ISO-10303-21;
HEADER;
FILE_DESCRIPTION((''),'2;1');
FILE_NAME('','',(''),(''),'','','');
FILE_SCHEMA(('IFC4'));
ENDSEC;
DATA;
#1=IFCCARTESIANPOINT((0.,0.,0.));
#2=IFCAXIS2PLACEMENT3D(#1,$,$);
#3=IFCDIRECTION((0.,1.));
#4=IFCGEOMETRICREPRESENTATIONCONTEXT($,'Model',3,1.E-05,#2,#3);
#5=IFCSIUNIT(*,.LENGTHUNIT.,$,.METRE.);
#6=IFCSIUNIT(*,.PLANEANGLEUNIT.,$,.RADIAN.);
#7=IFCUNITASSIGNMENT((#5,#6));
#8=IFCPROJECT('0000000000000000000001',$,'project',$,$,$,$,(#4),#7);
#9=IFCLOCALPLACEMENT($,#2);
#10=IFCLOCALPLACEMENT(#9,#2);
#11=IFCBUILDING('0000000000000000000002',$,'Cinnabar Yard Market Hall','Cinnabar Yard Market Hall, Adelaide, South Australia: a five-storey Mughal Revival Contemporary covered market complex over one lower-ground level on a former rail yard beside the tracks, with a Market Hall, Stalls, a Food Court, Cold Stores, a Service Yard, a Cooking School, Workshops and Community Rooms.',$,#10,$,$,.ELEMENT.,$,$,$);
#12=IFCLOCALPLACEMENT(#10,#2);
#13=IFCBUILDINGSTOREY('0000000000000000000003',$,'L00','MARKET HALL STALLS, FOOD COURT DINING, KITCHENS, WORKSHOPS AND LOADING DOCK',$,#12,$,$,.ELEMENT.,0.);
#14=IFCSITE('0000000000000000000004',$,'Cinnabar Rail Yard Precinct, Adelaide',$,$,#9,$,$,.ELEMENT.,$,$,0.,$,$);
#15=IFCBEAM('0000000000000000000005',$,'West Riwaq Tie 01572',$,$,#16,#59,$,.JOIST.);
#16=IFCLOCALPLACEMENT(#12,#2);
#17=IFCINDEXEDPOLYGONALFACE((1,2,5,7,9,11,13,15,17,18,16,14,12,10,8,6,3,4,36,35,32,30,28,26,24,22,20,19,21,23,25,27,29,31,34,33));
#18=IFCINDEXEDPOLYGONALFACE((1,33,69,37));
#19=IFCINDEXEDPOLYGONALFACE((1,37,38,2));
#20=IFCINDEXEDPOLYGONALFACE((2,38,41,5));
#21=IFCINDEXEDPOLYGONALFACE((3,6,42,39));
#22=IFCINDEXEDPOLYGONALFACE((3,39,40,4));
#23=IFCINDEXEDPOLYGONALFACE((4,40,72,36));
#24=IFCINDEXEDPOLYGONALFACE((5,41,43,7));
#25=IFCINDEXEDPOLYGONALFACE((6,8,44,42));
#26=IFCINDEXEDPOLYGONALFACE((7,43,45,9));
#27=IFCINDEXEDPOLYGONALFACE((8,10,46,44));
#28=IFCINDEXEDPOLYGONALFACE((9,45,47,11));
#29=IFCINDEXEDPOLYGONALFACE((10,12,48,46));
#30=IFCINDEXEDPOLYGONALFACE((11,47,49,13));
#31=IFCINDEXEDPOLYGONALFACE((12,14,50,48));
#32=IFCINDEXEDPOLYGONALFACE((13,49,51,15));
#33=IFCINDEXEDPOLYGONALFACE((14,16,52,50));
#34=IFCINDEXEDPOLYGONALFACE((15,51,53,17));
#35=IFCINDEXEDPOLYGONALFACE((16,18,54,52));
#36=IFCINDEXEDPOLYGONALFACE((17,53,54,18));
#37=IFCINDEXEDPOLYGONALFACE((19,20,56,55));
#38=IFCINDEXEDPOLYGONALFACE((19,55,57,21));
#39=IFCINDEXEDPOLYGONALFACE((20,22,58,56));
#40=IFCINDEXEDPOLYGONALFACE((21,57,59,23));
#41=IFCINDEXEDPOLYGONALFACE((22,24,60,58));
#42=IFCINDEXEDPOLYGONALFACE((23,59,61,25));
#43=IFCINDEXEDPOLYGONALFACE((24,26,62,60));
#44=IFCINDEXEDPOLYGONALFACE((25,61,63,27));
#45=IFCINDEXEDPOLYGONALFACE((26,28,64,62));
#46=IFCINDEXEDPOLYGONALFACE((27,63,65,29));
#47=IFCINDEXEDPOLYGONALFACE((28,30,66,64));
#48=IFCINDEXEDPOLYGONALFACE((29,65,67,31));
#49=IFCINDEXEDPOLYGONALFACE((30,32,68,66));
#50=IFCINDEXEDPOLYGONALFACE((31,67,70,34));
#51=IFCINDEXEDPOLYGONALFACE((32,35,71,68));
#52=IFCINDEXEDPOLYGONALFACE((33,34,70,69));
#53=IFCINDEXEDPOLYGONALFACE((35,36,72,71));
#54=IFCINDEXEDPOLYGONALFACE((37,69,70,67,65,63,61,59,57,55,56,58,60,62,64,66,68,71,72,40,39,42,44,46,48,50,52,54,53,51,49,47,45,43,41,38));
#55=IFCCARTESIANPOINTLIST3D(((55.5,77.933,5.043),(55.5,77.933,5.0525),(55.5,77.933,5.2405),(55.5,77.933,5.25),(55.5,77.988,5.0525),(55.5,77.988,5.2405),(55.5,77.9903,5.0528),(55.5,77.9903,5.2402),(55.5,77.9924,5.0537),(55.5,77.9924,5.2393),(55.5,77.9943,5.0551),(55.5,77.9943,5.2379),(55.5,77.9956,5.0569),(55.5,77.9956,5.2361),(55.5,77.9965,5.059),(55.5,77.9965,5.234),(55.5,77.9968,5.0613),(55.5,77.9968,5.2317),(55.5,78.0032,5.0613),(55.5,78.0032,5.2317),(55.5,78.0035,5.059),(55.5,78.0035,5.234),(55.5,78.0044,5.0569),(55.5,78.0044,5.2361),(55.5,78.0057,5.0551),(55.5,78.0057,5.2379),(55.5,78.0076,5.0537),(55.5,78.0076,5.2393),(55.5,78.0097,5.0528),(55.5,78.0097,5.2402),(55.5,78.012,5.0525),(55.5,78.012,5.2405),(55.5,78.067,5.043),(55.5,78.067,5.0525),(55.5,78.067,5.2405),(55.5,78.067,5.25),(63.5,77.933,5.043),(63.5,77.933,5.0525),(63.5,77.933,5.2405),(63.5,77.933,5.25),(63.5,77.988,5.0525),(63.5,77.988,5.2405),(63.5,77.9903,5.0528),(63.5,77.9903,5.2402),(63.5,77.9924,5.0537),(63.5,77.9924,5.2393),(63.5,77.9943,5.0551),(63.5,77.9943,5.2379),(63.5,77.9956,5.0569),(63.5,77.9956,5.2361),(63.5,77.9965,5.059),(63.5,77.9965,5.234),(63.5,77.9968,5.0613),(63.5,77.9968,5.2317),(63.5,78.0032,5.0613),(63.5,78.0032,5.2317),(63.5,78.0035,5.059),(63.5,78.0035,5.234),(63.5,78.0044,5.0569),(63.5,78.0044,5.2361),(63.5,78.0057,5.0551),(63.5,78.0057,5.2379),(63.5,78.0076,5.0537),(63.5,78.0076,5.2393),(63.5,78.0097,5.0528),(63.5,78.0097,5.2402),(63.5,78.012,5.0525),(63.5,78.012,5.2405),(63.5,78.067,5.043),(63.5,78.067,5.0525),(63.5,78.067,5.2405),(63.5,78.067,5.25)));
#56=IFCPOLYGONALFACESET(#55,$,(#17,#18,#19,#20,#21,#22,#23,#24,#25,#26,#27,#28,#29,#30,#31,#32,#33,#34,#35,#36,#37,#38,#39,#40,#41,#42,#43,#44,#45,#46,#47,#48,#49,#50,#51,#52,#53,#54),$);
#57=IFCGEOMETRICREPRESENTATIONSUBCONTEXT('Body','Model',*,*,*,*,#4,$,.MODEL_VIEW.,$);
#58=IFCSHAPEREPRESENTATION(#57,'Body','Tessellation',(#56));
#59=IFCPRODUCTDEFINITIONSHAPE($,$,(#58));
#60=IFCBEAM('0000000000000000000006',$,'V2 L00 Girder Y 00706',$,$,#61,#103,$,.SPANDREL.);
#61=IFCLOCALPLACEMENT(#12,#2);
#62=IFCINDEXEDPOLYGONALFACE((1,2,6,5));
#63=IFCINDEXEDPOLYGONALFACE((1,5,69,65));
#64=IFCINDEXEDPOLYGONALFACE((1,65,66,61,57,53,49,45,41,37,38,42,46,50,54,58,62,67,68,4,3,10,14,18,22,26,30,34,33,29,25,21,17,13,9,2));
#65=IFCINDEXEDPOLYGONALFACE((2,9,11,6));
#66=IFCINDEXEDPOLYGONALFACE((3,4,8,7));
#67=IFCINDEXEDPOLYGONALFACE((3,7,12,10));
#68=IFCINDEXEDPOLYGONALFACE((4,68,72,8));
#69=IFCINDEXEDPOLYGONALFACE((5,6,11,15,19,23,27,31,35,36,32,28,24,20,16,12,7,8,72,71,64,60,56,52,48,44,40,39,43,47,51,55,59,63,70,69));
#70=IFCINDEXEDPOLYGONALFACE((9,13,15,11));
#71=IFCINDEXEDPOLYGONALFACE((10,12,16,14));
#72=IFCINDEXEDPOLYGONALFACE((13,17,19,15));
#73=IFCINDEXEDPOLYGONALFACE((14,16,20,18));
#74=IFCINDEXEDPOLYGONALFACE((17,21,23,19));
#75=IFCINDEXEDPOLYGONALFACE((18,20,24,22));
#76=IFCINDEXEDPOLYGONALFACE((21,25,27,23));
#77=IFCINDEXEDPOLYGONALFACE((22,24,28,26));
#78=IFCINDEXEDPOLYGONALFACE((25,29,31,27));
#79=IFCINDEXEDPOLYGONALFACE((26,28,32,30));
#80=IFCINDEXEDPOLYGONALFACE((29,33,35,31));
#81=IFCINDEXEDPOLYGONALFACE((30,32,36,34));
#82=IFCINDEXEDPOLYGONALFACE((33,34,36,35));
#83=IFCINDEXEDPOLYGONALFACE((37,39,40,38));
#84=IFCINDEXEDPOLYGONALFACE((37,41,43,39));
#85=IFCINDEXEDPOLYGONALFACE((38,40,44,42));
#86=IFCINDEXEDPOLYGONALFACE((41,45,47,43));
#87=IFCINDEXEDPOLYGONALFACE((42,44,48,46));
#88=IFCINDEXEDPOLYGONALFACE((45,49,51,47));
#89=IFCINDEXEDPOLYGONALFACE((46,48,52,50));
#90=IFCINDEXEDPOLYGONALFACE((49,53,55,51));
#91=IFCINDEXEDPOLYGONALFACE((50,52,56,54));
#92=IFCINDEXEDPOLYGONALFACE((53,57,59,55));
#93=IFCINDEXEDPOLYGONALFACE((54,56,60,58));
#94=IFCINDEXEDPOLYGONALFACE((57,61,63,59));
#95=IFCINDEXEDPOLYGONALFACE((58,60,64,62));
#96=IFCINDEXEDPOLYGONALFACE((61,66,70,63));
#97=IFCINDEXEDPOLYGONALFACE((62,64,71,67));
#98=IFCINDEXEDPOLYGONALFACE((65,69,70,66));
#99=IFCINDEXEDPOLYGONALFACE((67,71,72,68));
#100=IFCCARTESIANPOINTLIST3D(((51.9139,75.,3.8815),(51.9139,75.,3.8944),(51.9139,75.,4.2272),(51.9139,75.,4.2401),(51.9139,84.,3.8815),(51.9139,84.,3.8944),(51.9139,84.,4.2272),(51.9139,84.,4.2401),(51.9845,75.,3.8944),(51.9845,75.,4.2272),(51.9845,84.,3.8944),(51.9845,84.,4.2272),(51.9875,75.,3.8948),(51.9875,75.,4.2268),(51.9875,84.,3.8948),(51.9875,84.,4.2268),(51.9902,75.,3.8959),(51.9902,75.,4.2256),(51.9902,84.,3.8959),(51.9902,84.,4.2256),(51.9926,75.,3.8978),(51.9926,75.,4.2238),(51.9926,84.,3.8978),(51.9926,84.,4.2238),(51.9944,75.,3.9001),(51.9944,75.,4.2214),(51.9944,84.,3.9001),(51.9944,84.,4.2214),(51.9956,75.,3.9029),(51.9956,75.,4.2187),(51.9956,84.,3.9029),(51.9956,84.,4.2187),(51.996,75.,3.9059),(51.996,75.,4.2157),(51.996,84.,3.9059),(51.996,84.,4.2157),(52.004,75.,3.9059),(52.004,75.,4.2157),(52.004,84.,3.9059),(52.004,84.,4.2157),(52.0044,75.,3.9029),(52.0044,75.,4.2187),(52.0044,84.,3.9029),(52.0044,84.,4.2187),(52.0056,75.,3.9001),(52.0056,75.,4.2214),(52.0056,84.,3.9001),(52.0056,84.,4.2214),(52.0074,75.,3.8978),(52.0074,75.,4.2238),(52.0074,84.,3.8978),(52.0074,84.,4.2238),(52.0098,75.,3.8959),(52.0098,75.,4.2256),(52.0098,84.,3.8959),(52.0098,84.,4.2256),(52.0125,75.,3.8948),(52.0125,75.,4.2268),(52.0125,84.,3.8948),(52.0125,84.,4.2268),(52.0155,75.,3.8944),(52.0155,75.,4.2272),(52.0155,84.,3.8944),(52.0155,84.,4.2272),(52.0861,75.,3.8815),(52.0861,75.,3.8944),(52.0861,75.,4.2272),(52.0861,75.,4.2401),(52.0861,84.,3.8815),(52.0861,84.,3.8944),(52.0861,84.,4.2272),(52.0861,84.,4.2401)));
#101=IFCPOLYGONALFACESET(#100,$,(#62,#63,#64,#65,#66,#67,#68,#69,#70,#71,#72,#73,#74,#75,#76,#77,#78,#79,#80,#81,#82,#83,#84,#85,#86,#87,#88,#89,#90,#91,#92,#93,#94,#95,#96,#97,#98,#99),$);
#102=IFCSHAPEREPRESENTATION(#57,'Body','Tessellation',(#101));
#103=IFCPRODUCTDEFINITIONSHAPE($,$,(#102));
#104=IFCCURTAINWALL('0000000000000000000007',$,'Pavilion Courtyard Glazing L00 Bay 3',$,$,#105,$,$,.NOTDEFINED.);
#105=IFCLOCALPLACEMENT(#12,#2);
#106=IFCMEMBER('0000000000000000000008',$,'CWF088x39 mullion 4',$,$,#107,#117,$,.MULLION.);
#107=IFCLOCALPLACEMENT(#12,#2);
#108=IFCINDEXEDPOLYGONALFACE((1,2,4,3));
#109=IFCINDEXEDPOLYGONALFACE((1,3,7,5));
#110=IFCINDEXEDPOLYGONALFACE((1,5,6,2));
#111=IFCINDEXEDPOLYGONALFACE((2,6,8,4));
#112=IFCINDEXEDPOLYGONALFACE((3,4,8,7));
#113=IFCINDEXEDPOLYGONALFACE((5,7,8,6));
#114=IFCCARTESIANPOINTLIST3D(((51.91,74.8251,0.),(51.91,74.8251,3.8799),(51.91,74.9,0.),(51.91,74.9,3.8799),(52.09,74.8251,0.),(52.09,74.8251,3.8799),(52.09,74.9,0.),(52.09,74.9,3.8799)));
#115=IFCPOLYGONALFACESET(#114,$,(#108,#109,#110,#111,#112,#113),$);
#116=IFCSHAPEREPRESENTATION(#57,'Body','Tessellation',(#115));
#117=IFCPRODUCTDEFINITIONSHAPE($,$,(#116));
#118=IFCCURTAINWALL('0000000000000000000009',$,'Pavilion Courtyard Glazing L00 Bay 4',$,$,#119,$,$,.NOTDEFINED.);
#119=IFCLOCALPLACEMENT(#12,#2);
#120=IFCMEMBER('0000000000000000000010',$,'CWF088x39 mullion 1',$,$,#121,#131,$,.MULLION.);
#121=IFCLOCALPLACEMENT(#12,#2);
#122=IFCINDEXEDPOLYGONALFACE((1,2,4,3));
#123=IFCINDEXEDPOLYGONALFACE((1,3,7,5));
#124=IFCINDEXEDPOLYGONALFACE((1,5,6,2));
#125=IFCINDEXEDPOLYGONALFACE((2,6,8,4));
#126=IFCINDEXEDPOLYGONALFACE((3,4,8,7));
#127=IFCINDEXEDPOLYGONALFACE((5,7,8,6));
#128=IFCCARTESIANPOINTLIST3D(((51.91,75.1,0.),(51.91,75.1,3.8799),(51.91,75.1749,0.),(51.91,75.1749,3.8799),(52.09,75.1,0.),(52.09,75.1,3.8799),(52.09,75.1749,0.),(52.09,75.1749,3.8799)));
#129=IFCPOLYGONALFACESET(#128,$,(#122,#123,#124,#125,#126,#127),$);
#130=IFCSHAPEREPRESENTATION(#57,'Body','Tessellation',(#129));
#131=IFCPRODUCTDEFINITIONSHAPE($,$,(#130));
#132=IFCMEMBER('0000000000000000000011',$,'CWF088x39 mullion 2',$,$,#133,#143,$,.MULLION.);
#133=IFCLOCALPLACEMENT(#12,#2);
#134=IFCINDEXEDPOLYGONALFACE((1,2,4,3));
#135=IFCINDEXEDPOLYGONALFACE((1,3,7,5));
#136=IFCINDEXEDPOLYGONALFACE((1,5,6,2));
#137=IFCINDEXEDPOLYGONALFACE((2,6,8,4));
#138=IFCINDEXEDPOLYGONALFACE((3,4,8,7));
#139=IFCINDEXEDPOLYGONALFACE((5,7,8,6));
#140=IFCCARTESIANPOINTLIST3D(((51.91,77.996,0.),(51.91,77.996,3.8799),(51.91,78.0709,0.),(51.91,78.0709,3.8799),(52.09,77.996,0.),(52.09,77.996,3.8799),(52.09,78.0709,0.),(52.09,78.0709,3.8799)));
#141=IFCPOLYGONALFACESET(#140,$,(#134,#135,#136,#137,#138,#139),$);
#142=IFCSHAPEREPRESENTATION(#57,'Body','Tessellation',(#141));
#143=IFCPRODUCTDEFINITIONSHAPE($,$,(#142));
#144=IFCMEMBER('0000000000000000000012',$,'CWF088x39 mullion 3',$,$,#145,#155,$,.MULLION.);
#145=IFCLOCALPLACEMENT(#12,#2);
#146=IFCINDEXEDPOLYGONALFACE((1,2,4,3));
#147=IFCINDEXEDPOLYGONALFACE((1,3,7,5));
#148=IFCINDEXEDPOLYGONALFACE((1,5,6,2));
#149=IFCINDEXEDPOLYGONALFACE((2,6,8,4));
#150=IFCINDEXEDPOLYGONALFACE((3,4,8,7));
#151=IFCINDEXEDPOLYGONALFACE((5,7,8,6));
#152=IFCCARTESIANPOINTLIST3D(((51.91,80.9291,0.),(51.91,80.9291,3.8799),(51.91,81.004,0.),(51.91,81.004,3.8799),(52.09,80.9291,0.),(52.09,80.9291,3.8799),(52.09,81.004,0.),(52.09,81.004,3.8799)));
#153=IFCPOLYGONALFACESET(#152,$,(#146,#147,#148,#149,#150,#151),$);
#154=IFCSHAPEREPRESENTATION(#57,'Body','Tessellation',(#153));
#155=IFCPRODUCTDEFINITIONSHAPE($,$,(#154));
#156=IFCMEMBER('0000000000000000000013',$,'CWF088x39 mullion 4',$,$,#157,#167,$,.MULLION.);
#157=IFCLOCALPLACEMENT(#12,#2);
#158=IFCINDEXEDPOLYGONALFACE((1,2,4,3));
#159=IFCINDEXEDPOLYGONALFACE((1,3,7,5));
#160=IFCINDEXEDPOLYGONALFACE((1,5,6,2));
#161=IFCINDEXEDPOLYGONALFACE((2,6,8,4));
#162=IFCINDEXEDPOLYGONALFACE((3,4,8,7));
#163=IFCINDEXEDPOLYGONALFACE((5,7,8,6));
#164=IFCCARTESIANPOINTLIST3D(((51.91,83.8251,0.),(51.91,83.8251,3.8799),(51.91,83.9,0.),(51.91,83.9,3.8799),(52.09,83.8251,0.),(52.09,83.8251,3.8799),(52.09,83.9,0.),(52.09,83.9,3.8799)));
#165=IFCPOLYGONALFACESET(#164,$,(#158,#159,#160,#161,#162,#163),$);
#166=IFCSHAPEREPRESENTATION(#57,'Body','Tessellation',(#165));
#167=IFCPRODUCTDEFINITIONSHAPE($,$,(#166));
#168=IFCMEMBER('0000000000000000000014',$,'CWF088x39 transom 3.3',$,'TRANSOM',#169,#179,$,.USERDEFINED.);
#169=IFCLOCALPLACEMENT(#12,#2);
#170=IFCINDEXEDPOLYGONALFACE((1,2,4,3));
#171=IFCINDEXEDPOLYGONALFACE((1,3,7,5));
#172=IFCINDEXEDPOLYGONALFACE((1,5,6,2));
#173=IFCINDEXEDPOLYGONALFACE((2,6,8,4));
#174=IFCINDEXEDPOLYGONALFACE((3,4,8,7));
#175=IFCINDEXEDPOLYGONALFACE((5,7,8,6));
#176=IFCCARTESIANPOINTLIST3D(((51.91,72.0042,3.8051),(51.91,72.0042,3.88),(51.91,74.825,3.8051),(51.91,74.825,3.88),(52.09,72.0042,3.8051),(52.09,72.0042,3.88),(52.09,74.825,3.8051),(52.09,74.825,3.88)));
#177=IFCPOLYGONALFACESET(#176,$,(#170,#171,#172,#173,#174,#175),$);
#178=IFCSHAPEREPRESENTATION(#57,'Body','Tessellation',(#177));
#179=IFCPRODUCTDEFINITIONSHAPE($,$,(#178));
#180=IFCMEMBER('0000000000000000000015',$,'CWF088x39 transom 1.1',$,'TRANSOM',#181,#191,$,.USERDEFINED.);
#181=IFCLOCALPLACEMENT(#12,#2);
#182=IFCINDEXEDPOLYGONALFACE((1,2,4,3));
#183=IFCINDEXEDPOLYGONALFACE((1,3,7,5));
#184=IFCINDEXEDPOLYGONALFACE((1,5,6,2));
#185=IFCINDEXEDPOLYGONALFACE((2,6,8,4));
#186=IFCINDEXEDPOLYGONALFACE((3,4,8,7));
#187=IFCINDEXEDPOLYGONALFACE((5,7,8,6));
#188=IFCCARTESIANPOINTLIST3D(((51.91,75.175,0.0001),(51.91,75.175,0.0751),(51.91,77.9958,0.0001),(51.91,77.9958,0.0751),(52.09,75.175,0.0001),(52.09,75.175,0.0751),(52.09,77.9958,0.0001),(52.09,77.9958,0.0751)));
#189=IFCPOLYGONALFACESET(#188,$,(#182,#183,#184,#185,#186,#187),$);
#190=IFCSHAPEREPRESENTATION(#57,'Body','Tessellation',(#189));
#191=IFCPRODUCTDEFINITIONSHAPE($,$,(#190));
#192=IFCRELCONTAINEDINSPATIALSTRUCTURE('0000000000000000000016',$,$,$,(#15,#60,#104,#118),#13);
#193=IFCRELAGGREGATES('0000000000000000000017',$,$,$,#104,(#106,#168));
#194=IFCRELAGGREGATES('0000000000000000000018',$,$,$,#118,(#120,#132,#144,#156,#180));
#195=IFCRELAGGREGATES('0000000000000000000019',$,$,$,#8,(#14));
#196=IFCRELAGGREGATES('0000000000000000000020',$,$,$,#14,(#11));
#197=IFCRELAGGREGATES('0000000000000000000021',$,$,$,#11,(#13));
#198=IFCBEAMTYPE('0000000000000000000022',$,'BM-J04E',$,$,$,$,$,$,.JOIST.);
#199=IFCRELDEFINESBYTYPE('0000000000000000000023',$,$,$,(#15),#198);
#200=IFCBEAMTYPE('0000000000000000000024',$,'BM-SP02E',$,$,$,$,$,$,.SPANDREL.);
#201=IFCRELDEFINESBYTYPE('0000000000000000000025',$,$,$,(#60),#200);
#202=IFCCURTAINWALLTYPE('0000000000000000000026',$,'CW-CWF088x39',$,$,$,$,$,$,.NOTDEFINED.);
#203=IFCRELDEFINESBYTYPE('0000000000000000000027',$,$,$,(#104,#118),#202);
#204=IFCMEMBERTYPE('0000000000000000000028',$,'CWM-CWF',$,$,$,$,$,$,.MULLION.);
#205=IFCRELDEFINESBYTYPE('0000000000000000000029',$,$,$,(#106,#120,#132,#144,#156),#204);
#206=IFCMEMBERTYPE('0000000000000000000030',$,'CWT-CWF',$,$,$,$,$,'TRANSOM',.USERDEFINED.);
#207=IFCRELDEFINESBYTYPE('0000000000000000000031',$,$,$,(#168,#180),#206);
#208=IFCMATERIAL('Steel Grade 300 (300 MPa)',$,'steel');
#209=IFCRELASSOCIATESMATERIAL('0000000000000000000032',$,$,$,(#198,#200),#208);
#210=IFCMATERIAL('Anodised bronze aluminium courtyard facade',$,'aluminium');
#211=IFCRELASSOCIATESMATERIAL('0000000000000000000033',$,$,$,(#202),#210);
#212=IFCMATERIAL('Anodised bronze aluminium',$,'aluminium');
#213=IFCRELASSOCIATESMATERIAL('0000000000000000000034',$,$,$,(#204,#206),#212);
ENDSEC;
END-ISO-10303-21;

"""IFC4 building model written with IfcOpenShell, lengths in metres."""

from ifc_helpers import new_model, si_unit, direction, frame, origin, origin_2d_with_axis, place, context, subcontext, project, spatial, rectangle, i_section, extrude, material, material_profile, profile_set, type_object, element, aggregate, save


model = new_model("IFC4")

# Units and contexts
model_context = context("Model", 3, precision=1e-05, world=origin(), true_north=direction((0.0, 1.0)))
body_context = subcontext(model_context, "Body", "Model", "MODEL_VIEW")
ifc_project = project(units=[si_unit("LENGTHUNIT", "METRE"), si_unit("PLANEANGLEUNIT", "RADIAN")], contexts=[model_context])

# Site, building, storey
site_placement = place(None, origin())
site = spatial("IfcSite", under=ifc_project, at=site_placement, Name="Cinnabar Rail Yard Precinct, Adelaide", CompositionType="ELEMENT", RefElevation=0.0)
building_placement = place(site_placement, origin())
building = spatial("IfcBuilding", under=site, at=building_placement, Name="Cinnabar Yard Market Hall", Description="Cinnabar Yard Market Hall, Adelaide, South Australia: a five-storey Mughal Revival Contemporary covered market complex over one lower-ground level on a former rail yard beside the tracks, with a Market Hall, Stalls, a Food Court, Cold Stores, a Service Yard, a Cooking School, Workshops and Community Rooms.", CompositionType="ELEMENT")
storey_placement = place(building_placement, origin())
storey = spatial("IfcBuildingStorey", under=building, at=storey_placement, Name="L00", Description="MARKET HALL STALLS, FOOD COURT DINING, KITCHENS, WORKSHOPS AND LOADING DOCK", CompositionType="ELEMENT", Elevation=0.0)

# Shared definitions
ifc_material_1 = material(Name="Steel Grade 300 (300 MPa)", Category="steel")

# Beams
ifc_material_profile_1 = material_profile(ifc_material_1, i_section(OverallWidth=0.134, OverallDepth=0.207, WebThickness=0.0063, FlangeThickness=0.0095, FilletRadius=0.0088, at=origin_2d_with_axis()), Name="200UB29.8")
ifc_profile_set_1 = profile_set([ifc_material_profile_1], Name="Steel Grade 300 (300 MPa)")
beam_type_1 = type_object("IfcBeamType", Name="BM-J04E", PredefinedType="JOIST", material=ifc_profile_set_1)
beam_1_placement = place(storey_placement, frame((55.5, 78.0, 5.1465), z_axis=(1.0, 0.0, 0.0), x_axis=(0.0, 1.0, 0.0)))
element("IfcBeam", 1, at=beam_1_placement, inside=storey, type_object=beam_type_1, Name="West Riwaq Tie 01572", PredefinedType="JOIST", context=body_context, shape_type="SweptSolid", body=[
    extrude(i_section(OverallWidth=0.134, OverallDepth=0.207, WebThickness=0.0063, FlangeThickness=0.0095, FilletRadius=0.0088, at=origin_2d_with_axis()), origin(), (0.0, 0.0, 1.0), 8.0),
])
ifc_material_profile_2 = material_profile(ifc_material_1, i_section(OverallWidth=0.1721, OverallDepth=0.3586, WebThickness=0.0081, FlangeThickness=0.0129, FilletRadius=0.0115, at=origin_2d_with_axis()), Name="360UB56.7")
ifc_profile_set_2 = profile_set([ifc_material_profile_2], Name="Steel Grade 300 (300 MPa)")
beam_type_2 = type_object("IfcBeamType", Name="BM-SP02E", PredefinedType="SPANDREL", material=ifc_profile_set_2)
beam_2_placement = place(storey_placement, frame((52.0, 75.0, 4.0608), z_axis=(0.0, 1.0, 0.0), x_axis=(-1.0, 0.0, 0.0)))
element("IfcBeam", 2, at=beam_2_placement, inside=storey, type_object=beam_type_2, Name="V2 L00 Girder Y 00706", PredefinedType="SPANDREL", context=body_context, shape_type="SweptSolid", body=[
    extrude(i_section(OverallWidth=0.1721, OverallDepth=0.3586, WebThickness=0.0081, FlangeThickness=0.0129, FilletRadius=0.0115, at=origin_2d_with_axis()), origin(), (0.0, 0.0, 1.0), 9.0),
])

# Curtain wall, member
ifc_material_2 = material(Name="Anodised bronze aluminium courtyard facade", Category="aluminium")
curtain_wall_type = type_object("IfcCurtainWallType", Name="CW-CWF088x39", PredefinedType="NOTDEFINED", material=ifc_material_2)
curtain_wall_1_placement = place(storey_placement, origin())
curtain_wall_1 = element("IfcCurtainWall", 3, at=curtain_wall_1_placement, inside=storey, type_object=curtain_wall_type, Name="Pavilion Courtyard Glazing L00 Bay 3", PredefinedType="NOTDEFINED")
ifc_material_3 = material(Name="Anodised bronze aluminium", Category="aluminium")
ifc_material_profile_3 = material_profile(ifc_material_3, rectangle(XDim=0.1799, YDim=0.075, at=origin_2d_with_axis()), Name="MUL-CWF")
ifc_profile_set_3 = profile_set([ifc_material_profile_3], Name="Anodised bronze aluminium")
member_type_1 = type_object("IfcMemberType", Name="CWM-CWF", PredefinedType="MULLION", material=ifc_profile_set_3)
member_1_placement = place(storey_placement, frame((52.0, 74.8625, 0.0), z_axis=(0.0, 0.0, 1.0), x_axis=(-1.0, 0.0, 0.0)))
member_1 = element("IfcMember", 4, at=member_1_placement, type_object=member_type_1, Name="CWF088x39 mullion 4", PredefinedType="MULLION", context=body_context, shape_type="SweptSolid", body=[
    extrude(rectangle(XDim=0.1799, YDim=0.075, at=origin_2d_with_axis()), origin(), (0.0, 0.0, 1.0), 3.8799),
])

# Curtain wall, members
curtain_wall_2_placement = place(storey_placement, origin())
curtain_wall_2 = element("IfcCurtainWall", 5, at=curtain_wall_2_placement, inside=storey, type_object=curtain_wall_type, Name="Pavilion Courtyard Glazing L00 Bay 4", PredefinedType="NOTDEFINED")
member_2_placement = place(storey_placement, frame((52.0, 75.1375, 0.0), z_axis=(0.0, 0.0, 1.0), x_axis=(-1.0, 0.0, 0.0)))
member_2 = element("IfcMember", 6, at=member_2_placement, type_object=member_type_1, Name="CWF088x39 mullion 1", PredefinedType="MULLION", context=body_context, shape_type="SweptSolid", body=[
    extrude(rectangle(XDim=0.1799, YDim=0.075, at=origin_2d_with_axis()), origin(), (0.0, 0.0, 1.0), 3.8799),
])
member_3_placement = place(storey_placement, frame((52.0, 78.0334, 0.0), z_axis=(0.0, 0.0, 1.0), x_axis=(-1.0, 0.0, 0.0)))
member_3 = element("IfcMember", 7, at=member_3_placement, type_object=member_type_1, Name="CWF088x39 mullion 2", PredefinedType="MULLION", context=body_context, shape_type="SweptSolid", body=[
    extrude(rectangle(XDim=0.1799, YDim=0.075, at=origin_2d_with_axis()), origin(), (0.0, 0.0, 1.0), 3.8799),
])
member_4_placement = place(storey_placement, frame((52.0, 80.9666, 0.0), z_axis=(0.0, 0.0, 1.0), x_axis=(-1.0, 0.0, 0.0)))
member_4 = element("IfcMember", 8, at=member_4_placement, type_object=member_type_1, Name="CWF088x39 mullion 3", PredefinedType="MULLION", context=body_context, shape_type="SweptSolid", body=[
    extrude(rectangle(XDim=0.1799, YDim=0.075, at=origin_2d_with_axis()), origin(), (0.0, 0.0, 1.0), 3.8799),
])
member_5_placement = place(storey_placement, frame((52.0, 83.8625, 0.0), z_axis=(0.0, 0.0, 1.0), x_axis=(-1.0, 0.0, 0.0)))
member_5 = element("IfcMember", 9, at=member_5_placement, type_object=member_type_1, Name="CWF088x39 mullion 4", PredefinedType="MULLION", context=body_context, shape_type="SweptSolid", body=[
    extrude(rectangle(XDim=0.1799, YDim=0.075, at=origin_2d_with_axis()), origin(), (0.0, 0.0, 1.0), 3.8799),
])

# Members
ifc_material_profile_4 = material_profile(ifc_material_3, rectangle(XDim=0.1799, YDim=0.075, at=origin_2d_with_axis()), Name="TRN-CWF")
ifc_profile_set_4 = profile_set([ifc_material_profile_4], Name="Anodised bronze aluminium")
member_type_2 = type_object("IfcMemberType", Name="CWT-CWF", ElementType="TRANSOM", PredefinedType="USERDEFINED", material=ifc_profile_set_4)
member_6_placement = place(storey_placement, frame((52.0, 72.0042, 3.8425), z_axis=(0.0, 1.0, 0.0), x_axis=(-1.0, 0.0, 0.0)))
member_6 = element("IfcMember", 10, at=member_6_placement, type_object=member_type_2, Name="CWF088x39 transom 3.3", ObjectType="TRANSOM", PredefinedType="USERDEFINED", context=body_context, shape_type="SweptSolid", body=[
    extrude(rectangle(XDim=0.1799, YDim=0.075, at=origin_2d_with_axis()), origin(), (0.0, 0.0, 1.0), 2.8208),
])
member_7_placement = place(storey_placement, frame((52.0, 75.175, 0.0376), z_axis=(0.0, 1.0, 0.0), x_axis=(-1.0, 0.0, 0.0)))
member_7 = element("IfcMember", 11, at=member_7_placement, type_object=member_type_2, Name="CWF088x39 transom 1.1", ObjectType="TRANSOM", PredefinedType="USERDEFINED", context=body_context, shape_type="SweptSolid", body=[
    extrude(rectangle(XDim=0.1799, YDim=0.075, at=origin_2d_with_axis()), origin(), (0.0, 0.0, 1.0), 2.8208),
])

aggregate(curtain_wall_1, [member_1, member_6])
aggregate(curtain_wall_2, [member_2, member_3, member_4, member_5, member_7])

save(model, "model.ifc")
